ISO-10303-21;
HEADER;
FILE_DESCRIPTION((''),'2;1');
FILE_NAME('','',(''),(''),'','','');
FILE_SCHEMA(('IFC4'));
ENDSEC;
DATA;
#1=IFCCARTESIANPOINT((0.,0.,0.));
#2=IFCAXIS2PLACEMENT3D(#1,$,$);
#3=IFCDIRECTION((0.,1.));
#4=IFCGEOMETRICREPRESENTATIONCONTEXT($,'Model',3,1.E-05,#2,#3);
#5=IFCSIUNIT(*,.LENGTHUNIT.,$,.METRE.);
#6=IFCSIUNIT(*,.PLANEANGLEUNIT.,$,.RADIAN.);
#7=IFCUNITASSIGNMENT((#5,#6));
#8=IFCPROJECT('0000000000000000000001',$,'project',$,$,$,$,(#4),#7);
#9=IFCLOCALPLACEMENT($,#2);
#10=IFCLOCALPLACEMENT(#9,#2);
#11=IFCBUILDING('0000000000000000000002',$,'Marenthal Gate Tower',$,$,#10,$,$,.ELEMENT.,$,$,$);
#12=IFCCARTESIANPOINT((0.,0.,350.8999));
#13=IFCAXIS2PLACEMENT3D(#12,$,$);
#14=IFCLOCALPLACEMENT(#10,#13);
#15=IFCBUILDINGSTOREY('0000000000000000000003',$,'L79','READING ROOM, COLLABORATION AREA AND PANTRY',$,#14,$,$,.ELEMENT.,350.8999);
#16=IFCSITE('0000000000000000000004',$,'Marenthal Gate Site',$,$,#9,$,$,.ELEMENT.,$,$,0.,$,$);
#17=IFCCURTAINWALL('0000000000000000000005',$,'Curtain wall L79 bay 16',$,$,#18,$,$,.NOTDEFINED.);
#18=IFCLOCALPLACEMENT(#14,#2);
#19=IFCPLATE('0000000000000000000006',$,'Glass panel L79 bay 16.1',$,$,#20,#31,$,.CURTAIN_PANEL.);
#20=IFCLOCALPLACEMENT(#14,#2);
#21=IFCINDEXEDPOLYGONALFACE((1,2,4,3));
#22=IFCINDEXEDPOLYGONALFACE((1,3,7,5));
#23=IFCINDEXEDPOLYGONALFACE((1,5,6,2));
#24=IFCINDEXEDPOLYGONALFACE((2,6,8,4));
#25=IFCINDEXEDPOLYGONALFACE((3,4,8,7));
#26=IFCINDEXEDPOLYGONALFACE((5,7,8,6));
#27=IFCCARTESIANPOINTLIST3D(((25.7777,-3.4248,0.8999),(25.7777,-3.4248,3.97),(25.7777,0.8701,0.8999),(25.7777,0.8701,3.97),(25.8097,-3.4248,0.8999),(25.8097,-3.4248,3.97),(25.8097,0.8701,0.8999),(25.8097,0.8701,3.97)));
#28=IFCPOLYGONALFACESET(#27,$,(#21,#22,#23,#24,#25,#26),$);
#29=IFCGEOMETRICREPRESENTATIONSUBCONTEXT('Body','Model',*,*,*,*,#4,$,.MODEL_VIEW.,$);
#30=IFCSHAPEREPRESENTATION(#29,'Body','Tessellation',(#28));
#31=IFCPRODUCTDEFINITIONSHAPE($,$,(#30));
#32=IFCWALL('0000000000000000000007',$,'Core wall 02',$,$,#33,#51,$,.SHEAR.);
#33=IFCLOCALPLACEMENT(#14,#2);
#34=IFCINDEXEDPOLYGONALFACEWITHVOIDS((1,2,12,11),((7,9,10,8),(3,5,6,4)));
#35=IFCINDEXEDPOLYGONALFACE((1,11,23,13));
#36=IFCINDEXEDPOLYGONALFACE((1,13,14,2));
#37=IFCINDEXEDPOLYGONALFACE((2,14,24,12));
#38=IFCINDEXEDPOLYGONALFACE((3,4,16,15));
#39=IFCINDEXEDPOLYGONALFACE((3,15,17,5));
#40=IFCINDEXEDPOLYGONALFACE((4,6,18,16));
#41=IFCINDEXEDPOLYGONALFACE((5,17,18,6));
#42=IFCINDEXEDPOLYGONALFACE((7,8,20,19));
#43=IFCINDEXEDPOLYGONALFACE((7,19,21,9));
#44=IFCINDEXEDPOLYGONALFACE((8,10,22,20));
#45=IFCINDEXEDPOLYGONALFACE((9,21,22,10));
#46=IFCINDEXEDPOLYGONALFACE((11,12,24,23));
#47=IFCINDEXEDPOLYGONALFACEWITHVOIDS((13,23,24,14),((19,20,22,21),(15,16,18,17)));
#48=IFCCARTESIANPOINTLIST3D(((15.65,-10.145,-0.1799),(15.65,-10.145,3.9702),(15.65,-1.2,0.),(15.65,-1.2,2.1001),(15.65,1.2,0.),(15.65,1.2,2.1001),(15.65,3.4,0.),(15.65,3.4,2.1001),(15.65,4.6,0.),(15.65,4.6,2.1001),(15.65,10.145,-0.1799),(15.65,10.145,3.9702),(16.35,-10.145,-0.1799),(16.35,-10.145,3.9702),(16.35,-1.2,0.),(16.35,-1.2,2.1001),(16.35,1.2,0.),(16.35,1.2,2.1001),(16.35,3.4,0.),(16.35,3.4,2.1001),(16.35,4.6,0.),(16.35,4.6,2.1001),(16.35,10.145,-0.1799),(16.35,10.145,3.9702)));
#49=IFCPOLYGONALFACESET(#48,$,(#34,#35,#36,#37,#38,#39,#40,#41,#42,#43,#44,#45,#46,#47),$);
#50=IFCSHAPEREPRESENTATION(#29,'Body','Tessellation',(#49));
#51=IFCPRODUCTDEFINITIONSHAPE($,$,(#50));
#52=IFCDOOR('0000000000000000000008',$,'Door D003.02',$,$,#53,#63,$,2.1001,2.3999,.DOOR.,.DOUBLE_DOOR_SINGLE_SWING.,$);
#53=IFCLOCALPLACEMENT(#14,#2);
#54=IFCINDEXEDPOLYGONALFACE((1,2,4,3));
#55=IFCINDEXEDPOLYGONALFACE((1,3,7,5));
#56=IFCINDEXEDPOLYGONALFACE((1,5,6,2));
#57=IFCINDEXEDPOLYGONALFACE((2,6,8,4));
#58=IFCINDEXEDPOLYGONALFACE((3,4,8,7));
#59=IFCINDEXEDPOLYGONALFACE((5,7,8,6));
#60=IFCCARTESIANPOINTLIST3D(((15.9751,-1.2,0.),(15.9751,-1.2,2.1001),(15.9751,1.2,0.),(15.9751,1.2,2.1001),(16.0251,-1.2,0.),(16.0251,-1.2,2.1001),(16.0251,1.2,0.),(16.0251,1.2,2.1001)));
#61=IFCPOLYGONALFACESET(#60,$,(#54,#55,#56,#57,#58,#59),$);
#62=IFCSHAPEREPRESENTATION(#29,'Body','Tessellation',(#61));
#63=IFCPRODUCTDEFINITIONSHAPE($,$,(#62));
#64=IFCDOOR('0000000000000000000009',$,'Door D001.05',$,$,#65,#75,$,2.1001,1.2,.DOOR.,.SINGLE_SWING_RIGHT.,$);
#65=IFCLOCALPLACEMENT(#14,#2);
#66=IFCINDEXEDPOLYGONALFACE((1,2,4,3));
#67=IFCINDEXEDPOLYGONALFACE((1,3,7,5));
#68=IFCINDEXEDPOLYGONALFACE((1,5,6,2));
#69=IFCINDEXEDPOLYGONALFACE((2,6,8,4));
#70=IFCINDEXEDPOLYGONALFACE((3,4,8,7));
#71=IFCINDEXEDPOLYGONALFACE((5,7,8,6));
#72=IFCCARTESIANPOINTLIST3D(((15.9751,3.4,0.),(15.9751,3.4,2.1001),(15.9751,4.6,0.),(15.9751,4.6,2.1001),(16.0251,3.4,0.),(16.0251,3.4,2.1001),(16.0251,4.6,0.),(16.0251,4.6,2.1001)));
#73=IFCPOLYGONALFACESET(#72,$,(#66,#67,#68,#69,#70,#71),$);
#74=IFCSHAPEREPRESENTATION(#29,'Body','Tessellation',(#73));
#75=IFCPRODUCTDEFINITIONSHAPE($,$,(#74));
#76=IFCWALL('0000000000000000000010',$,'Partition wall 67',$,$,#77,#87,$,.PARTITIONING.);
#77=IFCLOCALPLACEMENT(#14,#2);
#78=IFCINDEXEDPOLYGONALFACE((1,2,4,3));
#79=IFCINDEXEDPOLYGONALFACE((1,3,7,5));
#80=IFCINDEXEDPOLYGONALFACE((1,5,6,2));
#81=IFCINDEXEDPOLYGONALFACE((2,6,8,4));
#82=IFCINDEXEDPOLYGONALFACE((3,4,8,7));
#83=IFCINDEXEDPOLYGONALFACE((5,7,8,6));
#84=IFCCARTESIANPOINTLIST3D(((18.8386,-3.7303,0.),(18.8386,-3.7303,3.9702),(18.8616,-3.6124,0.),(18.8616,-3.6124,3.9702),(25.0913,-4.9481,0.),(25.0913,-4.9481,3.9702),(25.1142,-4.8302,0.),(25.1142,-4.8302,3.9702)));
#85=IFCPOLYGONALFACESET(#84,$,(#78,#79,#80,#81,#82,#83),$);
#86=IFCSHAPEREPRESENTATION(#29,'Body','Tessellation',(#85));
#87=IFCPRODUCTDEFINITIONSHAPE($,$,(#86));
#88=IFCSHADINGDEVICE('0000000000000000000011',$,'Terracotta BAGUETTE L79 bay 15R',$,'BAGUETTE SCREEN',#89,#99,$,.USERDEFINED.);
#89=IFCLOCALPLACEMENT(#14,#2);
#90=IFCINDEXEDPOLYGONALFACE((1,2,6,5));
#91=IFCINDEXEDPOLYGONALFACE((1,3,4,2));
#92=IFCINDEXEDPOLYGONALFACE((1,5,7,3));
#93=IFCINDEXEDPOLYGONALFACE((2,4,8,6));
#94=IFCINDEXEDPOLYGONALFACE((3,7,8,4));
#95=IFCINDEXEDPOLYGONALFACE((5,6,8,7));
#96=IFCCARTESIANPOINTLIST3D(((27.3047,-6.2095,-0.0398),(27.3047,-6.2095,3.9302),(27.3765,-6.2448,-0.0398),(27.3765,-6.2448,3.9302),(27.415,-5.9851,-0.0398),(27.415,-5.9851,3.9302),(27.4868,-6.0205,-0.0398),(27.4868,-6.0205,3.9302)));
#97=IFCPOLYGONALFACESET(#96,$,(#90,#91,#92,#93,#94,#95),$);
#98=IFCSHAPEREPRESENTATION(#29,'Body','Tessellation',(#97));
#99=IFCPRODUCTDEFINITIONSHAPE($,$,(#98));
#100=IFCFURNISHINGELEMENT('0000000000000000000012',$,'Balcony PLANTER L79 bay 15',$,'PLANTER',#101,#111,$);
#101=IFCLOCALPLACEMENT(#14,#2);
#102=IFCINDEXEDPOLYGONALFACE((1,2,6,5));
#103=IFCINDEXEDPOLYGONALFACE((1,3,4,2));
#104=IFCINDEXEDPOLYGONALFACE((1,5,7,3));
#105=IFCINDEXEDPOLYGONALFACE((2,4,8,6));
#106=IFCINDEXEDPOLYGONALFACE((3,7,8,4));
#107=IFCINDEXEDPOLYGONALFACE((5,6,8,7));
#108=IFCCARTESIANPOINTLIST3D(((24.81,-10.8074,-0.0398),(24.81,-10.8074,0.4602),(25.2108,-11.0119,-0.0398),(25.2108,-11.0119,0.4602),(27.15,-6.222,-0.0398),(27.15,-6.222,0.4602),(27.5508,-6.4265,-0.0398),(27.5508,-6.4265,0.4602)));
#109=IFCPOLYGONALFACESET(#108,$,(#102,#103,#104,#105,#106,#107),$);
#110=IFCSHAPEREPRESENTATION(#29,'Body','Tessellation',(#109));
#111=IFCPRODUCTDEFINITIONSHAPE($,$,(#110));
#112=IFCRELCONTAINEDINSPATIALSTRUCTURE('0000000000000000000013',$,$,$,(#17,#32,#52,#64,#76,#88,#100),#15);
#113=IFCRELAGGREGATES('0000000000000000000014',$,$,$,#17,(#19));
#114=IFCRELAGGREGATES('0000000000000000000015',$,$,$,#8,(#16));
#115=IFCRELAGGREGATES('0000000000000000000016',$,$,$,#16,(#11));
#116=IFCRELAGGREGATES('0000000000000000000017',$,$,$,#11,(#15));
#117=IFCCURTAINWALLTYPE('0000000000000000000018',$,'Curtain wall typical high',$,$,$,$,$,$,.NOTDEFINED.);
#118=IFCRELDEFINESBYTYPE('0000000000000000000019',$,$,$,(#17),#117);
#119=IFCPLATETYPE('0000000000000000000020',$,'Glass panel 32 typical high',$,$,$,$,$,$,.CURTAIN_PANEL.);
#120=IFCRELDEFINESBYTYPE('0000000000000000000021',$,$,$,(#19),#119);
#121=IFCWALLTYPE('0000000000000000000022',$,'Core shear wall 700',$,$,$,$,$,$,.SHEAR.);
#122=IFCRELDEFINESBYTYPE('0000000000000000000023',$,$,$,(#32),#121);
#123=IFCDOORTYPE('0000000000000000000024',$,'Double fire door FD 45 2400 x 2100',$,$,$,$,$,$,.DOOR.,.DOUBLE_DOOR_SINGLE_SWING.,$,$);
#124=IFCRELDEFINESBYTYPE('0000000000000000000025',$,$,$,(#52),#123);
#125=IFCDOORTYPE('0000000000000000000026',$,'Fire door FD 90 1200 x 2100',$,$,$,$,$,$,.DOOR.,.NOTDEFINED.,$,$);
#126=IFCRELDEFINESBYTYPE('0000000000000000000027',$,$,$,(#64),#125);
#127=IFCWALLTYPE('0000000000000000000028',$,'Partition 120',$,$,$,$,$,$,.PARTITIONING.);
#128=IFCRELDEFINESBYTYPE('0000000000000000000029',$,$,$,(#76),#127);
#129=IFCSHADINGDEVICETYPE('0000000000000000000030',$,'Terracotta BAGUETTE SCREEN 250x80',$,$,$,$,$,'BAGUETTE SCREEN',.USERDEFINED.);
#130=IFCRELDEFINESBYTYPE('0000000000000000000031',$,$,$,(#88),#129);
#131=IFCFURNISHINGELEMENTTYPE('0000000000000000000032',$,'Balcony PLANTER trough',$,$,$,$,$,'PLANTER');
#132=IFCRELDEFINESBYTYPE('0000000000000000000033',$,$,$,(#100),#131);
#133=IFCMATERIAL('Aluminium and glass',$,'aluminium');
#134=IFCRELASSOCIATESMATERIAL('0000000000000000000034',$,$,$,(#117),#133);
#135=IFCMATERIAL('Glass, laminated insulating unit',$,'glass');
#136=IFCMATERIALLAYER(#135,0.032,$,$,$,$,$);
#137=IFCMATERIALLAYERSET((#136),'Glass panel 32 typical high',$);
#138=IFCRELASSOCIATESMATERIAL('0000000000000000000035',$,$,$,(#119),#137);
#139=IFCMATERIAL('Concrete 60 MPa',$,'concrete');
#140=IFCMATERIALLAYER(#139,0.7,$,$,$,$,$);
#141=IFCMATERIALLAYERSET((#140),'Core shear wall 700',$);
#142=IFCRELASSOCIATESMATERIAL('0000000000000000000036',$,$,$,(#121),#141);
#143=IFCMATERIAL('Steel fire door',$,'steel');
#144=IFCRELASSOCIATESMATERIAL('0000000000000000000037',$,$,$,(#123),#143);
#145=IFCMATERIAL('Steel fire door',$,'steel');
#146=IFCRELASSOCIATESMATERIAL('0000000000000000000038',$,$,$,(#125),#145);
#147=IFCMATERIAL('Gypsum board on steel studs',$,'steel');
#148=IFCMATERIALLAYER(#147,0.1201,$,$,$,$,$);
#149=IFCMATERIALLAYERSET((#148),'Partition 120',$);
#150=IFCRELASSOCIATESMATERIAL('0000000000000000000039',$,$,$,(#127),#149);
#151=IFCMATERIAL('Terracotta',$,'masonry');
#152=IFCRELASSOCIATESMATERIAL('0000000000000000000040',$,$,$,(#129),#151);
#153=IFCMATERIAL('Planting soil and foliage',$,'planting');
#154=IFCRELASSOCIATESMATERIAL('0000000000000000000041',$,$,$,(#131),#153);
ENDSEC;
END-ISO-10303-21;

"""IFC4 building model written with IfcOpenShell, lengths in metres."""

from ifc_helpers import new_model, si_unit, direction, frame, frame_2d, origin, origin_2d, place, context, subcontext, project, spatial, rectangle, extrude, material, layer, layer_set, material_profile, profile_set, type_object, element, fill, aggregate, save


model = new_model("IFC4")

# Units and contexts
model_context = context("Model", 3, precision=1e-05, world=origin(), true_north=direction((0.0, 1.0)))
body_context = subcontext(model_context, "Body", "Model", "MODEL_VIEW")
ifc_project = project(units=[si_unit("LENGTHUNIT", "METRE"), si_unit("PLANEANGLEUNIT", "RADIAN")], contexts=[model_context])

# Site, building, storey
site_placement = place(None, origin())
site = spatial("IfcSite", under=ifc_project, at=site_placement, Name="Marenthal Gate Site", CompositionType="ELEMENT", RefElevation=0.0)
building_placement = place(site_placement, origin())
building = spatial("IfcBuilding", under=site, at=building_placement, Name="Marenthal Gate Tower", CompositionType="ELEMENT")
storey_placement = place(building_placement, frame((0.0, 0.0, 350.8999)))
storey = spatial("IfcBuildingStorey", under=building, at=storey_placement, Name="L79", Description="READING ROOM, COLLABORATION AREA AND PANTRY", CompositionType="ELEMENT", Elevation=350.8999)

# Curtain wall
ifc_material_1 = material(Name="Aluminium and glass", Category="aluminium")
curtain_wall_type = type_object("IfcCurtainWallType", Name="Curtain wall typical high", PredefinedType="NOTDEFINED", material=ifc_material_1)
curtain_wall_placement = place(storey_placement, origin())
curtain_wall = element("IfcCurtainWall", 1, at=curtain_wall_placement, inside=storey, type_object=curtain_wall_type, Name="Curtain wall L79 bay 16", PredefinedType="NOTDEFINED")

# Plate
ifc_material_2 = material(Name="Glass, laminated insulating unit", Category="glass")
ifc_layer_1 = layer(ifc_material_2, 0.032)
ifc_layer_set_1 = layer_set([ifc_layer_1], Name="Glass panel 32 typical high")
plate_type = type_object("IfcPlateType", Name="Glass panel 32 typical high", PredefinedType="CURTAIN_PANEL", material=ifc_layer_set_1)
plate_placement = place(storey_placement, frame((25.7937, -1.2773, 0.8999), z_axis=(0.0, 0.0, 1.0), x_axis=(0.0, 1.0, 0.0)))
plate = element("IfcPlate", 2, at=plate_placement, type_object=plate_type, Name="Glass panel L79 bay 16.1", PredefinedType="CURTAIN_PANEL", context=body_context, shape_type="SweptSolid", body=[
    extrude(rectangle(XDim=4.2949, YDim=0.032, at=origin_2d()), origin(), (0.0, 0.0, 1.0), 3.0701),
])
aggregate(curtain_wall, [plate])

# Wall, openings, doors
ifc_material_3 = material(Name="Concrete 60 MPa", Category="concrete")
ifc_layer_2 = layer(ifc_material_3, 0.7)
ifc_layer_set_2 = layer_set([ifc_layer_2], Name="Core shear wall 700")
wall_type_1 = type_object("IfcWallType", Name="Core shear wall 700", PredefinedType="SHEAR", material=ifc_layer_set_2)
wall_1_placement = place(storey_placement, frame((16.0, -10.145, -0.1799), z_axis=(0.0, 0.0, 1.0), x_axis=(0.0, 1.0, 0.0)))
wall_1 = element("IfcWall", 3, at=wall_1_placement, inside=storey, type_object=wall_type_1, Name="Core wall 02", PredefinedType="SHEAR", context=body_context, shape_type="SweptSolid", body=[
    extrude(rectangle(XDim=20.29, YDim=0.7, at=frame_2d((10.145, 0.0))), origin(), (0.0, 0.0, 1.0), 4.1501),
])
opening_1_placement = place(wall_1_placement, frame((8.9451, 0.0, 0.1799)))
opening_1 = element("IfcOpeningElement", 4, at=opening_1_placement, cuts=wall_1, PredefinedType="OPENING", context=body_context, shape_type="SweptSolid", body=[
    extrude(rectangle(XDim=2.3999, YDim=2.1001, at=frame_2d((1.2, 1.05))), frame((0.0, 0.3599, 0.0), z_axis=(0.0, -1.0, 0.0), x_axis=(1.0, 0.0, 0.0)), (0.0, 0.0, 1.0), 0.72),
])
opening_2_placement = place(wall_1_placement, frame((13.5449, 0.0, 0.1799)))
opening_2 = element("IfcOpeningElement", 5, at=opening_2_placement, cuts=wall_1, PredefinedType="OPENING", context=body_context, shape_type="SweptSolid", body=[
    extrude(rectangle(XDim=1.2, YDim=2.1001, at=frame_2d((0.6001, 1.05))), frame((0.0, 0.3599, 0.0), z_axis=(0.0, -1.0, 0.0), x_axis=(1.0, 0.0, 0.0)), (0.0, 0.0, 1.0), 0.72),
])
ifc_material_4 = material(Name="Steel fire door", Category="steel")
door_type_1 = type_object("IfcDoorType", Name="Double fire door FD 45 2400 x 2100", OperationType="DOUBLE_DOOR_SINGLE_SWING", PredefinedType="DOOR", material=ifc_material_4)
door_1_placement = place(opening_1_placement, origin())
door_1 = element("IfcDoor", 6, at=door_1_placement, inside=storey, type_object=door_type_1, Name="Door D003.02", OperationType="DOUBLE_DOOR_SINGLE_SWING", OverallHeight=2.1001, OverallWidth=2.3999, PredefinedType="DOOR", context=body_context, shape_type="SweptSolid", body=[
    extrude(rectangle(XDim=2.3999, YDim=2.1001, at=frame_2d((1.2, 1.05))), frame((0.0, 0.0249, 0.0), z_axis=(0.0, -1.0, 0.0), x_axis=(1.0, 0.0, 0.0)), (0.0, 0.0, 1.0), 0.05),
])
fill(opening_1, door_1)
ifc_material_5 = material(Name="Steel fire door", Category="steel")
door_type_2 = type_object("IfcDoorType", Name="Fire door FD 90 1200 x 2100", OperationType="NOTDEFINED", PredefinedType="DOOR", material=ifc_material_5)
door_2_placement = place(opening_2_placement, origin())
door_2 = element("IfcDoor", 7, at=door_2_placement, inside=storey, type_object=door_type_2, Name="Door D001.05", OperationType="SINGLE_SWING_RIGHT", OverallHeight=2.1001, OverallWidth=1.2, PredefinedType="DOOR", context=body_context, shape_type="SweptSolid", body=[
    extrude(rectangle(XDim=1.2, YDim=2.1001, at=frame_2d((0.6001, 1.05))), frame((0.0, 0.0249, 0.0), z_axis=(0.0, -1.0, 0.0), x_axis=(1.0, 0.0, 0.0)), (0.0, 0.0, 1.0), 0.05),
])
fill(opening_2, door_2)

# Wall
ifc_material_6 = material(Name="Gypsum board on steel studs", Category="steel")
ifc_layer_3 = layer(ifc_material_6, 0.1201)
ifc_layer_set_3 = layer_set([ifc_layer_3], Name="Partition 120")
wall_type_2 = type_object("IfcWallType", Name="Partition 120", PredefinedType="PARTITIONING", material=ifc_layer_set_3)
wall_2_placement = place(storey_placement, frame((18.8501, -3.6714, 0.0), z_axis=(0.0, 0.0, 1.0), x_axis=(0.981557, -0.191168, 0.0)))
element("IfcWall", 8, at=wall_2_placement, inside=storey, type_object=wall_type_2, Name="Partition wall 67", PredefinedType="PARTITIONING", context=body_context, shape_type="SweptSolid", body=[
    extrude(rectangle(XDim=6.3701, YDim=0.1201, at=frame_2d((3.1851, 0.0))), origin(), (0.0, 0.0, 1.0), 3.9702),
])

# Shading device
ifc_material_7 = material(Name="Terracotta", Category="masonry")
ifc_material_profile_1 = material_profile(ifc_material_7, rectangle(XDim=0.25, YDim=0.0801, at=origin_2d()), Name="Terracotta baguette 250x80")
ifc_profile_set_1 = profile_set([ifc_material_profile_1], Name="Terracotta")
shading_device_type = type_object("IfcShadingDeviceType", Name="Terracotta BAGUETTE SCREEN 250x80", ElementType="BAGUETTE SCREEN", PredefinedType="USERDEFINED", material=ifc_profile_set_1)
shading_device_placement = place(storey_placement, frame((27.3958, -6.115, -0.0398), z_axis=(0.0, 0.0, 1.0), x_axis=(0.441181, 0.897418, 0.0)))
element("IfcShadingDevice", 9, at=shading_device_placement, inside=storey, type_object=shading_device_type, Name="Terracotta BAGUETTE L79 bay 15R", ObjectType="BAGUETTE SCREEN", PredefinedType="USERDEFINED", context=body_context, shape_type="SweptSolid", body=[
    extrude(rectangle(XDim=0.25, YDim=0.0801, at=origin_2d()), origin(), (0.0, 0.0, 1.0), 3.97),
])

# Furnishing element
ifc_material_8 = material(Name="Planting soil and foliage", Category="planting")
furnishing_element_type = type_object("IfcFurnishingElementType", Name="Balcony PLANTER trough", ElementType="PLANTER", material=ifc_material_8)
furnishing_placement = place(storey_placement, frame((26.1804, -8.6169, -0.0398), z_axis=(0.0, 0.0, 1.0), x_axis=(0.454546, 0.890723, 0.0)))
element("IfcFurnishingElement", 10, at=furnishing_placement, inside=storey, type_object=furnishing_element_type, Name="Balcony PLANTER L79 bay 15", ObjectType="PLANTER", context=body_context, shape_type="SweptSolid", body=[
    extrude(rectangle(XDim=5.1479, YDim=0.45, at=origin_2d()), origin(), (0.0, 0.0, 1.0), 0.5),
])

save(model, "model.ifc")
